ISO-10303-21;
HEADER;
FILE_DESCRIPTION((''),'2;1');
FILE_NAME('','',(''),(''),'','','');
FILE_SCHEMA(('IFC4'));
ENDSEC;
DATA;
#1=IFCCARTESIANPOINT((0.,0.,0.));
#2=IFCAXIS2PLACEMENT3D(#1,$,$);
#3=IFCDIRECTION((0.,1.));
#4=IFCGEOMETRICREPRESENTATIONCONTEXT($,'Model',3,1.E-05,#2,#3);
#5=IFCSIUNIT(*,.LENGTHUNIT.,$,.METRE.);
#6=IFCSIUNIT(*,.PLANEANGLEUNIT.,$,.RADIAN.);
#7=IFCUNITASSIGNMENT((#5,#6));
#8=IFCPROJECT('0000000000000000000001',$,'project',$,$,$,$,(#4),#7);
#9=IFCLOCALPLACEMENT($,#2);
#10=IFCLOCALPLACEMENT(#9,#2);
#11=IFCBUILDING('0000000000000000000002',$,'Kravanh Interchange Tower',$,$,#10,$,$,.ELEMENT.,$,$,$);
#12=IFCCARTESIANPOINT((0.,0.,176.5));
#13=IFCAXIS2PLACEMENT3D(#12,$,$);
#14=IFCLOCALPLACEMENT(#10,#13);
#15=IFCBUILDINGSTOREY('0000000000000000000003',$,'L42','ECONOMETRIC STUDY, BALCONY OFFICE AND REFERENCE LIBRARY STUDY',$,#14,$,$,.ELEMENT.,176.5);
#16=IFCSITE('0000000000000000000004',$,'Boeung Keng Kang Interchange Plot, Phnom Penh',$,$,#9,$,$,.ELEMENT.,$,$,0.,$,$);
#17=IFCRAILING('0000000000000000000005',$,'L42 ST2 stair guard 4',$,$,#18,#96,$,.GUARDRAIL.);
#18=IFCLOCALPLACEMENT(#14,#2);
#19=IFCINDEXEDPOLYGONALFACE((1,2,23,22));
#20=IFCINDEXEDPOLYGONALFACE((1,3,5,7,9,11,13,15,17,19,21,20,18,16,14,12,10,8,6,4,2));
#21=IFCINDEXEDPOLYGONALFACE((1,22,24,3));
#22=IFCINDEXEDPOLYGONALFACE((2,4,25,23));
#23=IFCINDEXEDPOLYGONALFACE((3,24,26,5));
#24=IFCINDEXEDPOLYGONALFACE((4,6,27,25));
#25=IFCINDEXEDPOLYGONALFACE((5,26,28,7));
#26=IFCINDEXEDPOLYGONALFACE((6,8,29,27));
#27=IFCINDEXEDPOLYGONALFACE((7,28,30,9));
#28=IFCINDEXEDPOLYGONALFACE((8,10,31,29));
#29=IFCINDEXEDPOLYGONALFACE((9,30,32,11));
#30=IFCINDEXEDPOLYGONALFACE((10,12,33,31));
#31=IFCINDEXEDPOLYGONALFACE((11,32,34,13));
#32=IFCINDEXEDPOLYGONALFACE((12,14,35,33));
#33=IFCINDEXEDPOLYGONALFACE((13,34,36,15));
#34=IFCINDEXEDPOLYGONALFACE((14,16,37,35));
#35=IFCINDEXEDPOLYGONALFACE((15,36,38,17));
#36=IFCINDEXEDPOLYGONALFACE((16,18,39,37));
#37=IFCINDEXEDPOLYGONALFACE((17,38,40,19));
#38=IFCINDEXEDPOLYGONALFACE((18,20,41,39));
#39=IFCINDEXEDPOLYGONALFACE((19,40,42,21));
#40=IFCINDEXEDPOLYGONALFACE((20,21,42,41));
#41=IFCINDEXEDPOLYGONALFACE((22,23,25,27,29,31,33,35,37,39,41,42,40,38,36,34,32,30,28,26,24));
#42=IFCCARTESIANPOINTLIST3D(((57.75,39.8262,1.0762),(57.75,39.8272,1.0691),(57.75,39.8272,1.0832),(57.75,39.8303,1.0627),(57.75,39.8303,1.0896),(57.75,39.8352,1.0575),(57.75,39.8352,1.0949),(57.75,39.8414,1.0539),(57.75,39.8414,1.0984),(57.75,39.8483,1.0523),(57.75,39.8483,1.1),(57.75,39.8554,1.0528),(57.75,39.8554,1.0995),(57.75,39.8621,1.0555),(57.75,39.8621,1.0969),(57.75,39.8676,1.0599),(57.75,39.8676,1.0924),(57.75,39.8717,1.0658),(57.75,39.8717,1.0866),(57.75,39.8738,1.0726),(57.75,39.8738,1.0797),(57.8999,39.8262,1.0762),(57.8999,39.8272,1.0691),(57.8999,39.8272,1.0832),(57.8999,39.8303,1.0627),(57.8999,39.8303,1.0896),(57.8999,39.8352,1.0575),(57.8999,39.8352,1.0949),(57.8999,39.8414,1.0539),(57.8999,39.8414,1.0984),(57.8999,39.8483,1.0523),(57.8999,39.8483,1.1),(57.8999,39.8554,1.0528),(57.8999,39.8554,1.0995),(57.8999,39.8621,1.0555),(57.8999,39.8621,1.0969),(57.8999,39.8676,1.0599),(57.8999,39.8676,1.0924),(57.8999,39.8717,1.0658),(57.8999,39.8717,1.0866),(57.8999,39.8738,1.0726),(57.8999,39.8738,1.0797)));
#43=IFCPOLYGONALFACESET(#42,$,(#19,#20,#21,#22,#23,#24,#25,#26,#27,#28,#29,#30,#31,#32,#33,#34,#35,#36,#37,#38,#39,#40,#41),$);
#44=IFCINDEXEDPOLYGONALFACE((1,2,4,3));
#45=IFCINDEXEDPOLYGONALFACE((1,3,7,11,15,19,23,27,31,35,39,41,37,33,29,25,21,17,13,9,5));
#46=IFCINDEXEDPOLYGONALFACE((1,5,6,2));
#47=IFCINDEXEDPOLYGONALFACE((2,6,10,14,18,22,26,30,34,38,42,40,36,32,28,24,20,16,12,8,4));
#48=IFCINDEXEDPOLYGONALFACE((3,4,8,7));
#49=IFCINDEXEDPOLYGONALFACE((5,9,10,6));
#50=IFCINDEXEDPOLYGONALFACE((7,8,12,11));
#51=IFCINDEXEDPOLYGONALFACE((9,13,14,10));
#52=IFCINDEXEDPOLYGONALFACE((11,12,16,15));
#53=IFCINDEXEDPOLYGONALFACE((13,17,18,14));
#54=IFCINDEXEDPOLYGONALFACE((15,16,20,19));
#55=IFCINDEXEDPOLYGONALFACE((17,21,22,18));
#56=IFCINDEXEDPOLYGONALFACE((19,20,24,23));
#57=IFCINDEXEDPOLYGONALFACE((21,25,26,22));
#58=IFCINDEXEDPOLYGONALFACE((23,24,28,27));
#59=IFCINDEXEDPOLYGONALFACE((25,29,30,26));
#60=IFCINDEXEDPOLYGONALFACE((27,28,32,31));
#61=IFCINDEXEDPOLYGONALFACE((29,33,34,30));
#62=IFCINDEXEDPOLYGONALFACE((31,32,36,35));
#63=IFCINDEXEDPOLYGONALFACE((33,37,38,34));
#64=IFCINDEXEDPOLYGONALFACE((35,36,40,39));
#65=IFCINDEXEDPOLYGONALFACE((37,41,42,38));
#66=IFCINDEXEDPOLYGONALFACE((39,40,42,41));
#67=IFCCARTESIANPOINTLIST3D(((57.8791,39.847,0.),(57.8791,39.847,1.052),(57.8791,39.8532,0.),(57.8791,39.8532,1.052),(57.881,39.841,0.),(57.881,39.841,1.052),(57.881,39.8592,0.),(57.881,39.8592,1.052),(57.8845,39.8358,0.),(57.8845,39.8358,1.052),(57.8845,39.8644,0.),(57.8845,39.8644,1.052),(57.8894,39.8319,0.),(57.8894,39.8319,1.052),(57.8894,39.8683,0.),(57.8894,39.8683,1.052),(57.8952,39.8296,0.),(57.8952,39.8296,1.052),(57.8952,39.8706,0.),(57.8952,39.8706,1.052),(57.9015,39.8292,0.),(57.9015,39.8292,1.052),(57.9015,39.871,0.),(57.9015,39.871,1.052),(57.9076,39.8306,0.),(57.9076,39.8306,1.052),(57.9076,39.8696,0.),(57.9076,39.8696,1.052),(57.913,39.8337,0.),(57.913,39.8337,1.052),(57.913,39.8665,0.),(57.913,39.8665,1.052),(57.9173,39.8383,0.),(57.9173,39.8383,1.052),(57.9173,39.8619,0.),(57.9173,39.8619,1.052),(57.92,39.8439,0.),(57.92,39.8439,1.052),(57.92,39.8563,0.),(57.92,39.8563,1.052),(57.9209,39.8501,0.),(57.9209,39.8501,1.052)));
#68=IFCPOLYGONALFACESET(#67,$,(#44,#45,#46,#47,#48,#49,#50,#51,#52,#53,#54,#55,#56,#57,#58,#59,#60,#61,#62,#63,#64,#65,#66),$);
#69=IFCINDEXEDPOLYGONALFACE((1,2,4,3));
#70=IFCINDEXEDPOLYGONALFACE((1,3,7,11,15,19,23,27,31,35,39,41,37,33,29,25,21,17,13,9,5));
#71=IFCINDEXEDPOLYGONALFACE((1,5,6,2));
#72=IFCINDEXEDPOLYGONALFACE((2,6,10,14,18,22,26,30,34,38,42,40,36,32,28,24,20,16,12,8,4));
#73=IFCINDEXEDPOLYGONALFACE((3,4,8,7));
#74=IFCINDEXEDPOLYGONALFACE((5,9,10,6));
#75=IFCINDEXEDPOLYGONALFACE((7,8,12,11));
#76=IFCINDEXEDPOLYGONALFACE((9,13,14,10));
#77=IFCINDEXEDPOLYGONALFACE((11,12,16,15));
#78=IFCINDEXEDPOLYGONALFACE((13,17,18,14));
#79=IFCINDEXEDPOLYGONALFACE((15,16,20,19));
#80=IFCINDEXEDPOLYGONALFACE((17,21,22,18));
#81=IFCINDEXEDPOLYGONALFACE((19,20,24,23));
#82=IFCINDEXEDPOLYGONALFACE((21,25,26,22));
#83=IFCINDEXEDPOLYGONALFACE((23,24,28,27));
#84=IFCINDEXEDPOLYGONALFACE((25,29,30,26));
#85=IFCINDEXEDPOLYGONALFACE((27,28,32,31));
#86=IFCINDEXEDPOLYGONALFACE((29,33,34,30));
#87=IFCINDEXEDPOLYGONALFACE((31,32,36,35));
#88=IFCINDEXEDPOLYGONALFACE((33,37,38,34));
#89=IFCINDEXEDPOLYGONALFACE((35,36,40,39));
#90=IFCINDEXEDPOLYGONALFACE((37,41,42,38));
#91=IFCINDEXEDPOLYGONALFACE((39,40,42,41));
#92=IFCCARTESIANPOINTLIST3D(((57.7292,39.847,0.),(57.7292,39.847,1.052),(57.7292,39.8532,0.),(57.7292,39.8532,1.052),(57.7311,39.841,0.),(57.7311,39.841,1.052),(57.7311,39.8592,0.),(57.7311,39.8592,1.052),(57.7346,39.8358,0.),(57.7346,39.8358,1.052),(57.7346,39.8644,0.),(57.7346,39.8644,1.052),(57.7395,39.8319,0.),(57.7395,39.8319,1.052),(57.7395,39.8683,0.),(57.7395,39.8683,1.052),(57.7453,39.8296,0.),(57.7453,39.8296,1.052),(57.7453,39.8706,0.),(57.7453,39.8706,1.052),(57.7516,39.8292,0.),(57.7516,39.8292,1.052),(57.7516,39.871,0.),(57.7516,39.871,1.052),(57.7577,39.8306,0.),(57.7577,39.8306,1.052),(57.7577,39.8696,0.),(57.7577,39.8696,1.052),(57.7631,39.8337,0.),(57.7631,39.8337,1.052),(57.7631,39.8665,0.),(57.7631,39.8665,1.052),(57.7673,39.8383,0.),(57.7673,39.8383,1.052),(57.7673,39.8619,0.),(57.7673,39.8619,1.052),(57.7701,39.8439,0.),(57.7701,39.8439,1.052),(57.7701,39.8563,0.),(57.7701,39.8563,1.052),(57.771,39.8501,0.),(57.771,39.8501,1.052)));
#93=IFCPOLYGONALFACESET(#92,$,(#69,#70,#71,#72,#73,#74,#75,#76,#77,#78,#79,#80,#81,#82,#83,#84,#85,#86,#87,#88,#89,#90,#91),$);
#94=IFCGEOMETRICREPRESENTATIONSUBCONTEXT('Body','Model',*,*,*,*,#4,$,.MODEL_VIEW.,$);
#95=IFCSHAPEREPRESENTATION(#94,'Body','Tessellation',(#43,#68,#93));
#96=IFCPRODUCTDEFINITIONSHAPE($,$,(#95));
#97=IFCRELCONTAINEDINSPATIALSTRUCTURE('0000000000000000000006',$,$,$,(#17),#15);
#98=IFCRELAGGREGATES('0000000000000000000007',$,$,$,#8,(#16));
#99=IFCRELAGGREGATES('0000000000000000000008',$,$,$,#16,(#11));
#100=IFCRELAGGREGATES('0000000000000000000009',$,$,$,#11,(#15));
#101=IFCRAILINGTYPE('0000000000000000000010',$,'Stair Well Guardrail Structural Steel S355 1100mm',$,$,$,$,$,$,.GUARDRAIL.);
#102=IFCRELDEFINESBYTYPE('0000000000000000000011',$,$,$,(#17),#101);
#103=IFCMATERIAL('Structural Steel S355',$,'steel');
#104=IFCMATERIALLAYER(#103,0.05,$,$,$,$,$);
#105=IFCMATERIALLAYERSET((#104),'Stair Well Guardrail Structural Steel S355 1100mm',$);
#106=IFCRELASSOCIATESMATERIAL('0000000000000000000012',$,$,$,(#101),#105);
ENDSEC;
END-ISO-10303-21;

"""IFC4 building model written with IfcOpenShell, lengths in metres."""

from ifc_helpers import new_model, si_unit, direction, frame, origin, origin_2d, place, context, subcontext, project, spatial, circle, extrude, material, layer, layer_set, type_object, element, save


model = new_model("IFC4")

# Units and contexts
model_context = context("Model", 3, precision=1e-05, world=origin(), true_north=direction((0.0, 1.0)))
body_context = subcontext(model_context, "Body", "Model", "MODEL_VIEW")
ifc_project = project(units=[si_unit("LENGTHUNIT", "METRE"), si_unit("PLANEANGLEUNIT", "RADIAN")], contexts=[model_context])

# Site, building, storey
site_placement = place(None, origin())
site = spatial("IfcSite", under=ifc_project, at=site_placement, Name="Boeung Keng Kang Interchange Plot, Phnom Penh", CompositionType="ELEMENT", RefElevation=0.0)
building_placement = place(site_placement, origin())
building = spatial("IfcBuilding", under=site, at=building_placement, Name="Kravanh Interchange Tower", CompositionType="ELEMENT")
storey_placement = place(building_placement, frame((0.0, 0.0, 176.5)))
storey = spatial("IfcBuildingStorey", under=building, at=storey_placement, Name="L42", Description="ECONOMETRIC STUDY, BALCONY OFFICE AND REFERENCE LIBRARY STUDY", CompositionType="ELEMENT", Elevation=176.5)

# Railing
ifc_material_1 = material(Name="Structural Steel S355", Category="steel")
ifc_layer_1 = layer(ifc_material_1, 0.05)
ifc_layer_set_1 = layer_set([ifc_layer_1], Name="Stair Well Guardrail Structural Steel S355 1100mm")
railing_type_1 = type_object("IfcRailingType", Name="Stair Well Guardrail Structural Steel S355 1100mm", PredefinedType="GUARDRAIL", material=ifc_layer_set_1)
railing_1_placement = place(storey_placement, frame((57.8999, 39.8501, 0.0)))
element("IfcRailing", 1, at=railing_1_placement, inside=storey, type_object=railing_type_1, Name="L42 ST2 stair guard 4", PredefinedType="GUARDRAIL", context=body_context, shape_type="SweptSolid", body=[
    extrude(circle(Radius=0.0239, at=origin_2d()), frame((0.0, 0.0, 1.0762), z_axis=(-1.0, 0.0, 0.0), x_axis=(0.0, -1.0, 0.0)), (0.0, 0.0, 1.0), 0.1499),
    extrude(circle(Radius=0.021, at=origin_2d()), origin(), (0.0, 0.0, 1.0), 1.052),
    extrude(circle(Radius=0.021, at=origin_2d()), frame((-0.1499, 0.0, 0.0)), (0.0, 0.0, 1.0), 1.052),
])

save(model, "model.ifc")
